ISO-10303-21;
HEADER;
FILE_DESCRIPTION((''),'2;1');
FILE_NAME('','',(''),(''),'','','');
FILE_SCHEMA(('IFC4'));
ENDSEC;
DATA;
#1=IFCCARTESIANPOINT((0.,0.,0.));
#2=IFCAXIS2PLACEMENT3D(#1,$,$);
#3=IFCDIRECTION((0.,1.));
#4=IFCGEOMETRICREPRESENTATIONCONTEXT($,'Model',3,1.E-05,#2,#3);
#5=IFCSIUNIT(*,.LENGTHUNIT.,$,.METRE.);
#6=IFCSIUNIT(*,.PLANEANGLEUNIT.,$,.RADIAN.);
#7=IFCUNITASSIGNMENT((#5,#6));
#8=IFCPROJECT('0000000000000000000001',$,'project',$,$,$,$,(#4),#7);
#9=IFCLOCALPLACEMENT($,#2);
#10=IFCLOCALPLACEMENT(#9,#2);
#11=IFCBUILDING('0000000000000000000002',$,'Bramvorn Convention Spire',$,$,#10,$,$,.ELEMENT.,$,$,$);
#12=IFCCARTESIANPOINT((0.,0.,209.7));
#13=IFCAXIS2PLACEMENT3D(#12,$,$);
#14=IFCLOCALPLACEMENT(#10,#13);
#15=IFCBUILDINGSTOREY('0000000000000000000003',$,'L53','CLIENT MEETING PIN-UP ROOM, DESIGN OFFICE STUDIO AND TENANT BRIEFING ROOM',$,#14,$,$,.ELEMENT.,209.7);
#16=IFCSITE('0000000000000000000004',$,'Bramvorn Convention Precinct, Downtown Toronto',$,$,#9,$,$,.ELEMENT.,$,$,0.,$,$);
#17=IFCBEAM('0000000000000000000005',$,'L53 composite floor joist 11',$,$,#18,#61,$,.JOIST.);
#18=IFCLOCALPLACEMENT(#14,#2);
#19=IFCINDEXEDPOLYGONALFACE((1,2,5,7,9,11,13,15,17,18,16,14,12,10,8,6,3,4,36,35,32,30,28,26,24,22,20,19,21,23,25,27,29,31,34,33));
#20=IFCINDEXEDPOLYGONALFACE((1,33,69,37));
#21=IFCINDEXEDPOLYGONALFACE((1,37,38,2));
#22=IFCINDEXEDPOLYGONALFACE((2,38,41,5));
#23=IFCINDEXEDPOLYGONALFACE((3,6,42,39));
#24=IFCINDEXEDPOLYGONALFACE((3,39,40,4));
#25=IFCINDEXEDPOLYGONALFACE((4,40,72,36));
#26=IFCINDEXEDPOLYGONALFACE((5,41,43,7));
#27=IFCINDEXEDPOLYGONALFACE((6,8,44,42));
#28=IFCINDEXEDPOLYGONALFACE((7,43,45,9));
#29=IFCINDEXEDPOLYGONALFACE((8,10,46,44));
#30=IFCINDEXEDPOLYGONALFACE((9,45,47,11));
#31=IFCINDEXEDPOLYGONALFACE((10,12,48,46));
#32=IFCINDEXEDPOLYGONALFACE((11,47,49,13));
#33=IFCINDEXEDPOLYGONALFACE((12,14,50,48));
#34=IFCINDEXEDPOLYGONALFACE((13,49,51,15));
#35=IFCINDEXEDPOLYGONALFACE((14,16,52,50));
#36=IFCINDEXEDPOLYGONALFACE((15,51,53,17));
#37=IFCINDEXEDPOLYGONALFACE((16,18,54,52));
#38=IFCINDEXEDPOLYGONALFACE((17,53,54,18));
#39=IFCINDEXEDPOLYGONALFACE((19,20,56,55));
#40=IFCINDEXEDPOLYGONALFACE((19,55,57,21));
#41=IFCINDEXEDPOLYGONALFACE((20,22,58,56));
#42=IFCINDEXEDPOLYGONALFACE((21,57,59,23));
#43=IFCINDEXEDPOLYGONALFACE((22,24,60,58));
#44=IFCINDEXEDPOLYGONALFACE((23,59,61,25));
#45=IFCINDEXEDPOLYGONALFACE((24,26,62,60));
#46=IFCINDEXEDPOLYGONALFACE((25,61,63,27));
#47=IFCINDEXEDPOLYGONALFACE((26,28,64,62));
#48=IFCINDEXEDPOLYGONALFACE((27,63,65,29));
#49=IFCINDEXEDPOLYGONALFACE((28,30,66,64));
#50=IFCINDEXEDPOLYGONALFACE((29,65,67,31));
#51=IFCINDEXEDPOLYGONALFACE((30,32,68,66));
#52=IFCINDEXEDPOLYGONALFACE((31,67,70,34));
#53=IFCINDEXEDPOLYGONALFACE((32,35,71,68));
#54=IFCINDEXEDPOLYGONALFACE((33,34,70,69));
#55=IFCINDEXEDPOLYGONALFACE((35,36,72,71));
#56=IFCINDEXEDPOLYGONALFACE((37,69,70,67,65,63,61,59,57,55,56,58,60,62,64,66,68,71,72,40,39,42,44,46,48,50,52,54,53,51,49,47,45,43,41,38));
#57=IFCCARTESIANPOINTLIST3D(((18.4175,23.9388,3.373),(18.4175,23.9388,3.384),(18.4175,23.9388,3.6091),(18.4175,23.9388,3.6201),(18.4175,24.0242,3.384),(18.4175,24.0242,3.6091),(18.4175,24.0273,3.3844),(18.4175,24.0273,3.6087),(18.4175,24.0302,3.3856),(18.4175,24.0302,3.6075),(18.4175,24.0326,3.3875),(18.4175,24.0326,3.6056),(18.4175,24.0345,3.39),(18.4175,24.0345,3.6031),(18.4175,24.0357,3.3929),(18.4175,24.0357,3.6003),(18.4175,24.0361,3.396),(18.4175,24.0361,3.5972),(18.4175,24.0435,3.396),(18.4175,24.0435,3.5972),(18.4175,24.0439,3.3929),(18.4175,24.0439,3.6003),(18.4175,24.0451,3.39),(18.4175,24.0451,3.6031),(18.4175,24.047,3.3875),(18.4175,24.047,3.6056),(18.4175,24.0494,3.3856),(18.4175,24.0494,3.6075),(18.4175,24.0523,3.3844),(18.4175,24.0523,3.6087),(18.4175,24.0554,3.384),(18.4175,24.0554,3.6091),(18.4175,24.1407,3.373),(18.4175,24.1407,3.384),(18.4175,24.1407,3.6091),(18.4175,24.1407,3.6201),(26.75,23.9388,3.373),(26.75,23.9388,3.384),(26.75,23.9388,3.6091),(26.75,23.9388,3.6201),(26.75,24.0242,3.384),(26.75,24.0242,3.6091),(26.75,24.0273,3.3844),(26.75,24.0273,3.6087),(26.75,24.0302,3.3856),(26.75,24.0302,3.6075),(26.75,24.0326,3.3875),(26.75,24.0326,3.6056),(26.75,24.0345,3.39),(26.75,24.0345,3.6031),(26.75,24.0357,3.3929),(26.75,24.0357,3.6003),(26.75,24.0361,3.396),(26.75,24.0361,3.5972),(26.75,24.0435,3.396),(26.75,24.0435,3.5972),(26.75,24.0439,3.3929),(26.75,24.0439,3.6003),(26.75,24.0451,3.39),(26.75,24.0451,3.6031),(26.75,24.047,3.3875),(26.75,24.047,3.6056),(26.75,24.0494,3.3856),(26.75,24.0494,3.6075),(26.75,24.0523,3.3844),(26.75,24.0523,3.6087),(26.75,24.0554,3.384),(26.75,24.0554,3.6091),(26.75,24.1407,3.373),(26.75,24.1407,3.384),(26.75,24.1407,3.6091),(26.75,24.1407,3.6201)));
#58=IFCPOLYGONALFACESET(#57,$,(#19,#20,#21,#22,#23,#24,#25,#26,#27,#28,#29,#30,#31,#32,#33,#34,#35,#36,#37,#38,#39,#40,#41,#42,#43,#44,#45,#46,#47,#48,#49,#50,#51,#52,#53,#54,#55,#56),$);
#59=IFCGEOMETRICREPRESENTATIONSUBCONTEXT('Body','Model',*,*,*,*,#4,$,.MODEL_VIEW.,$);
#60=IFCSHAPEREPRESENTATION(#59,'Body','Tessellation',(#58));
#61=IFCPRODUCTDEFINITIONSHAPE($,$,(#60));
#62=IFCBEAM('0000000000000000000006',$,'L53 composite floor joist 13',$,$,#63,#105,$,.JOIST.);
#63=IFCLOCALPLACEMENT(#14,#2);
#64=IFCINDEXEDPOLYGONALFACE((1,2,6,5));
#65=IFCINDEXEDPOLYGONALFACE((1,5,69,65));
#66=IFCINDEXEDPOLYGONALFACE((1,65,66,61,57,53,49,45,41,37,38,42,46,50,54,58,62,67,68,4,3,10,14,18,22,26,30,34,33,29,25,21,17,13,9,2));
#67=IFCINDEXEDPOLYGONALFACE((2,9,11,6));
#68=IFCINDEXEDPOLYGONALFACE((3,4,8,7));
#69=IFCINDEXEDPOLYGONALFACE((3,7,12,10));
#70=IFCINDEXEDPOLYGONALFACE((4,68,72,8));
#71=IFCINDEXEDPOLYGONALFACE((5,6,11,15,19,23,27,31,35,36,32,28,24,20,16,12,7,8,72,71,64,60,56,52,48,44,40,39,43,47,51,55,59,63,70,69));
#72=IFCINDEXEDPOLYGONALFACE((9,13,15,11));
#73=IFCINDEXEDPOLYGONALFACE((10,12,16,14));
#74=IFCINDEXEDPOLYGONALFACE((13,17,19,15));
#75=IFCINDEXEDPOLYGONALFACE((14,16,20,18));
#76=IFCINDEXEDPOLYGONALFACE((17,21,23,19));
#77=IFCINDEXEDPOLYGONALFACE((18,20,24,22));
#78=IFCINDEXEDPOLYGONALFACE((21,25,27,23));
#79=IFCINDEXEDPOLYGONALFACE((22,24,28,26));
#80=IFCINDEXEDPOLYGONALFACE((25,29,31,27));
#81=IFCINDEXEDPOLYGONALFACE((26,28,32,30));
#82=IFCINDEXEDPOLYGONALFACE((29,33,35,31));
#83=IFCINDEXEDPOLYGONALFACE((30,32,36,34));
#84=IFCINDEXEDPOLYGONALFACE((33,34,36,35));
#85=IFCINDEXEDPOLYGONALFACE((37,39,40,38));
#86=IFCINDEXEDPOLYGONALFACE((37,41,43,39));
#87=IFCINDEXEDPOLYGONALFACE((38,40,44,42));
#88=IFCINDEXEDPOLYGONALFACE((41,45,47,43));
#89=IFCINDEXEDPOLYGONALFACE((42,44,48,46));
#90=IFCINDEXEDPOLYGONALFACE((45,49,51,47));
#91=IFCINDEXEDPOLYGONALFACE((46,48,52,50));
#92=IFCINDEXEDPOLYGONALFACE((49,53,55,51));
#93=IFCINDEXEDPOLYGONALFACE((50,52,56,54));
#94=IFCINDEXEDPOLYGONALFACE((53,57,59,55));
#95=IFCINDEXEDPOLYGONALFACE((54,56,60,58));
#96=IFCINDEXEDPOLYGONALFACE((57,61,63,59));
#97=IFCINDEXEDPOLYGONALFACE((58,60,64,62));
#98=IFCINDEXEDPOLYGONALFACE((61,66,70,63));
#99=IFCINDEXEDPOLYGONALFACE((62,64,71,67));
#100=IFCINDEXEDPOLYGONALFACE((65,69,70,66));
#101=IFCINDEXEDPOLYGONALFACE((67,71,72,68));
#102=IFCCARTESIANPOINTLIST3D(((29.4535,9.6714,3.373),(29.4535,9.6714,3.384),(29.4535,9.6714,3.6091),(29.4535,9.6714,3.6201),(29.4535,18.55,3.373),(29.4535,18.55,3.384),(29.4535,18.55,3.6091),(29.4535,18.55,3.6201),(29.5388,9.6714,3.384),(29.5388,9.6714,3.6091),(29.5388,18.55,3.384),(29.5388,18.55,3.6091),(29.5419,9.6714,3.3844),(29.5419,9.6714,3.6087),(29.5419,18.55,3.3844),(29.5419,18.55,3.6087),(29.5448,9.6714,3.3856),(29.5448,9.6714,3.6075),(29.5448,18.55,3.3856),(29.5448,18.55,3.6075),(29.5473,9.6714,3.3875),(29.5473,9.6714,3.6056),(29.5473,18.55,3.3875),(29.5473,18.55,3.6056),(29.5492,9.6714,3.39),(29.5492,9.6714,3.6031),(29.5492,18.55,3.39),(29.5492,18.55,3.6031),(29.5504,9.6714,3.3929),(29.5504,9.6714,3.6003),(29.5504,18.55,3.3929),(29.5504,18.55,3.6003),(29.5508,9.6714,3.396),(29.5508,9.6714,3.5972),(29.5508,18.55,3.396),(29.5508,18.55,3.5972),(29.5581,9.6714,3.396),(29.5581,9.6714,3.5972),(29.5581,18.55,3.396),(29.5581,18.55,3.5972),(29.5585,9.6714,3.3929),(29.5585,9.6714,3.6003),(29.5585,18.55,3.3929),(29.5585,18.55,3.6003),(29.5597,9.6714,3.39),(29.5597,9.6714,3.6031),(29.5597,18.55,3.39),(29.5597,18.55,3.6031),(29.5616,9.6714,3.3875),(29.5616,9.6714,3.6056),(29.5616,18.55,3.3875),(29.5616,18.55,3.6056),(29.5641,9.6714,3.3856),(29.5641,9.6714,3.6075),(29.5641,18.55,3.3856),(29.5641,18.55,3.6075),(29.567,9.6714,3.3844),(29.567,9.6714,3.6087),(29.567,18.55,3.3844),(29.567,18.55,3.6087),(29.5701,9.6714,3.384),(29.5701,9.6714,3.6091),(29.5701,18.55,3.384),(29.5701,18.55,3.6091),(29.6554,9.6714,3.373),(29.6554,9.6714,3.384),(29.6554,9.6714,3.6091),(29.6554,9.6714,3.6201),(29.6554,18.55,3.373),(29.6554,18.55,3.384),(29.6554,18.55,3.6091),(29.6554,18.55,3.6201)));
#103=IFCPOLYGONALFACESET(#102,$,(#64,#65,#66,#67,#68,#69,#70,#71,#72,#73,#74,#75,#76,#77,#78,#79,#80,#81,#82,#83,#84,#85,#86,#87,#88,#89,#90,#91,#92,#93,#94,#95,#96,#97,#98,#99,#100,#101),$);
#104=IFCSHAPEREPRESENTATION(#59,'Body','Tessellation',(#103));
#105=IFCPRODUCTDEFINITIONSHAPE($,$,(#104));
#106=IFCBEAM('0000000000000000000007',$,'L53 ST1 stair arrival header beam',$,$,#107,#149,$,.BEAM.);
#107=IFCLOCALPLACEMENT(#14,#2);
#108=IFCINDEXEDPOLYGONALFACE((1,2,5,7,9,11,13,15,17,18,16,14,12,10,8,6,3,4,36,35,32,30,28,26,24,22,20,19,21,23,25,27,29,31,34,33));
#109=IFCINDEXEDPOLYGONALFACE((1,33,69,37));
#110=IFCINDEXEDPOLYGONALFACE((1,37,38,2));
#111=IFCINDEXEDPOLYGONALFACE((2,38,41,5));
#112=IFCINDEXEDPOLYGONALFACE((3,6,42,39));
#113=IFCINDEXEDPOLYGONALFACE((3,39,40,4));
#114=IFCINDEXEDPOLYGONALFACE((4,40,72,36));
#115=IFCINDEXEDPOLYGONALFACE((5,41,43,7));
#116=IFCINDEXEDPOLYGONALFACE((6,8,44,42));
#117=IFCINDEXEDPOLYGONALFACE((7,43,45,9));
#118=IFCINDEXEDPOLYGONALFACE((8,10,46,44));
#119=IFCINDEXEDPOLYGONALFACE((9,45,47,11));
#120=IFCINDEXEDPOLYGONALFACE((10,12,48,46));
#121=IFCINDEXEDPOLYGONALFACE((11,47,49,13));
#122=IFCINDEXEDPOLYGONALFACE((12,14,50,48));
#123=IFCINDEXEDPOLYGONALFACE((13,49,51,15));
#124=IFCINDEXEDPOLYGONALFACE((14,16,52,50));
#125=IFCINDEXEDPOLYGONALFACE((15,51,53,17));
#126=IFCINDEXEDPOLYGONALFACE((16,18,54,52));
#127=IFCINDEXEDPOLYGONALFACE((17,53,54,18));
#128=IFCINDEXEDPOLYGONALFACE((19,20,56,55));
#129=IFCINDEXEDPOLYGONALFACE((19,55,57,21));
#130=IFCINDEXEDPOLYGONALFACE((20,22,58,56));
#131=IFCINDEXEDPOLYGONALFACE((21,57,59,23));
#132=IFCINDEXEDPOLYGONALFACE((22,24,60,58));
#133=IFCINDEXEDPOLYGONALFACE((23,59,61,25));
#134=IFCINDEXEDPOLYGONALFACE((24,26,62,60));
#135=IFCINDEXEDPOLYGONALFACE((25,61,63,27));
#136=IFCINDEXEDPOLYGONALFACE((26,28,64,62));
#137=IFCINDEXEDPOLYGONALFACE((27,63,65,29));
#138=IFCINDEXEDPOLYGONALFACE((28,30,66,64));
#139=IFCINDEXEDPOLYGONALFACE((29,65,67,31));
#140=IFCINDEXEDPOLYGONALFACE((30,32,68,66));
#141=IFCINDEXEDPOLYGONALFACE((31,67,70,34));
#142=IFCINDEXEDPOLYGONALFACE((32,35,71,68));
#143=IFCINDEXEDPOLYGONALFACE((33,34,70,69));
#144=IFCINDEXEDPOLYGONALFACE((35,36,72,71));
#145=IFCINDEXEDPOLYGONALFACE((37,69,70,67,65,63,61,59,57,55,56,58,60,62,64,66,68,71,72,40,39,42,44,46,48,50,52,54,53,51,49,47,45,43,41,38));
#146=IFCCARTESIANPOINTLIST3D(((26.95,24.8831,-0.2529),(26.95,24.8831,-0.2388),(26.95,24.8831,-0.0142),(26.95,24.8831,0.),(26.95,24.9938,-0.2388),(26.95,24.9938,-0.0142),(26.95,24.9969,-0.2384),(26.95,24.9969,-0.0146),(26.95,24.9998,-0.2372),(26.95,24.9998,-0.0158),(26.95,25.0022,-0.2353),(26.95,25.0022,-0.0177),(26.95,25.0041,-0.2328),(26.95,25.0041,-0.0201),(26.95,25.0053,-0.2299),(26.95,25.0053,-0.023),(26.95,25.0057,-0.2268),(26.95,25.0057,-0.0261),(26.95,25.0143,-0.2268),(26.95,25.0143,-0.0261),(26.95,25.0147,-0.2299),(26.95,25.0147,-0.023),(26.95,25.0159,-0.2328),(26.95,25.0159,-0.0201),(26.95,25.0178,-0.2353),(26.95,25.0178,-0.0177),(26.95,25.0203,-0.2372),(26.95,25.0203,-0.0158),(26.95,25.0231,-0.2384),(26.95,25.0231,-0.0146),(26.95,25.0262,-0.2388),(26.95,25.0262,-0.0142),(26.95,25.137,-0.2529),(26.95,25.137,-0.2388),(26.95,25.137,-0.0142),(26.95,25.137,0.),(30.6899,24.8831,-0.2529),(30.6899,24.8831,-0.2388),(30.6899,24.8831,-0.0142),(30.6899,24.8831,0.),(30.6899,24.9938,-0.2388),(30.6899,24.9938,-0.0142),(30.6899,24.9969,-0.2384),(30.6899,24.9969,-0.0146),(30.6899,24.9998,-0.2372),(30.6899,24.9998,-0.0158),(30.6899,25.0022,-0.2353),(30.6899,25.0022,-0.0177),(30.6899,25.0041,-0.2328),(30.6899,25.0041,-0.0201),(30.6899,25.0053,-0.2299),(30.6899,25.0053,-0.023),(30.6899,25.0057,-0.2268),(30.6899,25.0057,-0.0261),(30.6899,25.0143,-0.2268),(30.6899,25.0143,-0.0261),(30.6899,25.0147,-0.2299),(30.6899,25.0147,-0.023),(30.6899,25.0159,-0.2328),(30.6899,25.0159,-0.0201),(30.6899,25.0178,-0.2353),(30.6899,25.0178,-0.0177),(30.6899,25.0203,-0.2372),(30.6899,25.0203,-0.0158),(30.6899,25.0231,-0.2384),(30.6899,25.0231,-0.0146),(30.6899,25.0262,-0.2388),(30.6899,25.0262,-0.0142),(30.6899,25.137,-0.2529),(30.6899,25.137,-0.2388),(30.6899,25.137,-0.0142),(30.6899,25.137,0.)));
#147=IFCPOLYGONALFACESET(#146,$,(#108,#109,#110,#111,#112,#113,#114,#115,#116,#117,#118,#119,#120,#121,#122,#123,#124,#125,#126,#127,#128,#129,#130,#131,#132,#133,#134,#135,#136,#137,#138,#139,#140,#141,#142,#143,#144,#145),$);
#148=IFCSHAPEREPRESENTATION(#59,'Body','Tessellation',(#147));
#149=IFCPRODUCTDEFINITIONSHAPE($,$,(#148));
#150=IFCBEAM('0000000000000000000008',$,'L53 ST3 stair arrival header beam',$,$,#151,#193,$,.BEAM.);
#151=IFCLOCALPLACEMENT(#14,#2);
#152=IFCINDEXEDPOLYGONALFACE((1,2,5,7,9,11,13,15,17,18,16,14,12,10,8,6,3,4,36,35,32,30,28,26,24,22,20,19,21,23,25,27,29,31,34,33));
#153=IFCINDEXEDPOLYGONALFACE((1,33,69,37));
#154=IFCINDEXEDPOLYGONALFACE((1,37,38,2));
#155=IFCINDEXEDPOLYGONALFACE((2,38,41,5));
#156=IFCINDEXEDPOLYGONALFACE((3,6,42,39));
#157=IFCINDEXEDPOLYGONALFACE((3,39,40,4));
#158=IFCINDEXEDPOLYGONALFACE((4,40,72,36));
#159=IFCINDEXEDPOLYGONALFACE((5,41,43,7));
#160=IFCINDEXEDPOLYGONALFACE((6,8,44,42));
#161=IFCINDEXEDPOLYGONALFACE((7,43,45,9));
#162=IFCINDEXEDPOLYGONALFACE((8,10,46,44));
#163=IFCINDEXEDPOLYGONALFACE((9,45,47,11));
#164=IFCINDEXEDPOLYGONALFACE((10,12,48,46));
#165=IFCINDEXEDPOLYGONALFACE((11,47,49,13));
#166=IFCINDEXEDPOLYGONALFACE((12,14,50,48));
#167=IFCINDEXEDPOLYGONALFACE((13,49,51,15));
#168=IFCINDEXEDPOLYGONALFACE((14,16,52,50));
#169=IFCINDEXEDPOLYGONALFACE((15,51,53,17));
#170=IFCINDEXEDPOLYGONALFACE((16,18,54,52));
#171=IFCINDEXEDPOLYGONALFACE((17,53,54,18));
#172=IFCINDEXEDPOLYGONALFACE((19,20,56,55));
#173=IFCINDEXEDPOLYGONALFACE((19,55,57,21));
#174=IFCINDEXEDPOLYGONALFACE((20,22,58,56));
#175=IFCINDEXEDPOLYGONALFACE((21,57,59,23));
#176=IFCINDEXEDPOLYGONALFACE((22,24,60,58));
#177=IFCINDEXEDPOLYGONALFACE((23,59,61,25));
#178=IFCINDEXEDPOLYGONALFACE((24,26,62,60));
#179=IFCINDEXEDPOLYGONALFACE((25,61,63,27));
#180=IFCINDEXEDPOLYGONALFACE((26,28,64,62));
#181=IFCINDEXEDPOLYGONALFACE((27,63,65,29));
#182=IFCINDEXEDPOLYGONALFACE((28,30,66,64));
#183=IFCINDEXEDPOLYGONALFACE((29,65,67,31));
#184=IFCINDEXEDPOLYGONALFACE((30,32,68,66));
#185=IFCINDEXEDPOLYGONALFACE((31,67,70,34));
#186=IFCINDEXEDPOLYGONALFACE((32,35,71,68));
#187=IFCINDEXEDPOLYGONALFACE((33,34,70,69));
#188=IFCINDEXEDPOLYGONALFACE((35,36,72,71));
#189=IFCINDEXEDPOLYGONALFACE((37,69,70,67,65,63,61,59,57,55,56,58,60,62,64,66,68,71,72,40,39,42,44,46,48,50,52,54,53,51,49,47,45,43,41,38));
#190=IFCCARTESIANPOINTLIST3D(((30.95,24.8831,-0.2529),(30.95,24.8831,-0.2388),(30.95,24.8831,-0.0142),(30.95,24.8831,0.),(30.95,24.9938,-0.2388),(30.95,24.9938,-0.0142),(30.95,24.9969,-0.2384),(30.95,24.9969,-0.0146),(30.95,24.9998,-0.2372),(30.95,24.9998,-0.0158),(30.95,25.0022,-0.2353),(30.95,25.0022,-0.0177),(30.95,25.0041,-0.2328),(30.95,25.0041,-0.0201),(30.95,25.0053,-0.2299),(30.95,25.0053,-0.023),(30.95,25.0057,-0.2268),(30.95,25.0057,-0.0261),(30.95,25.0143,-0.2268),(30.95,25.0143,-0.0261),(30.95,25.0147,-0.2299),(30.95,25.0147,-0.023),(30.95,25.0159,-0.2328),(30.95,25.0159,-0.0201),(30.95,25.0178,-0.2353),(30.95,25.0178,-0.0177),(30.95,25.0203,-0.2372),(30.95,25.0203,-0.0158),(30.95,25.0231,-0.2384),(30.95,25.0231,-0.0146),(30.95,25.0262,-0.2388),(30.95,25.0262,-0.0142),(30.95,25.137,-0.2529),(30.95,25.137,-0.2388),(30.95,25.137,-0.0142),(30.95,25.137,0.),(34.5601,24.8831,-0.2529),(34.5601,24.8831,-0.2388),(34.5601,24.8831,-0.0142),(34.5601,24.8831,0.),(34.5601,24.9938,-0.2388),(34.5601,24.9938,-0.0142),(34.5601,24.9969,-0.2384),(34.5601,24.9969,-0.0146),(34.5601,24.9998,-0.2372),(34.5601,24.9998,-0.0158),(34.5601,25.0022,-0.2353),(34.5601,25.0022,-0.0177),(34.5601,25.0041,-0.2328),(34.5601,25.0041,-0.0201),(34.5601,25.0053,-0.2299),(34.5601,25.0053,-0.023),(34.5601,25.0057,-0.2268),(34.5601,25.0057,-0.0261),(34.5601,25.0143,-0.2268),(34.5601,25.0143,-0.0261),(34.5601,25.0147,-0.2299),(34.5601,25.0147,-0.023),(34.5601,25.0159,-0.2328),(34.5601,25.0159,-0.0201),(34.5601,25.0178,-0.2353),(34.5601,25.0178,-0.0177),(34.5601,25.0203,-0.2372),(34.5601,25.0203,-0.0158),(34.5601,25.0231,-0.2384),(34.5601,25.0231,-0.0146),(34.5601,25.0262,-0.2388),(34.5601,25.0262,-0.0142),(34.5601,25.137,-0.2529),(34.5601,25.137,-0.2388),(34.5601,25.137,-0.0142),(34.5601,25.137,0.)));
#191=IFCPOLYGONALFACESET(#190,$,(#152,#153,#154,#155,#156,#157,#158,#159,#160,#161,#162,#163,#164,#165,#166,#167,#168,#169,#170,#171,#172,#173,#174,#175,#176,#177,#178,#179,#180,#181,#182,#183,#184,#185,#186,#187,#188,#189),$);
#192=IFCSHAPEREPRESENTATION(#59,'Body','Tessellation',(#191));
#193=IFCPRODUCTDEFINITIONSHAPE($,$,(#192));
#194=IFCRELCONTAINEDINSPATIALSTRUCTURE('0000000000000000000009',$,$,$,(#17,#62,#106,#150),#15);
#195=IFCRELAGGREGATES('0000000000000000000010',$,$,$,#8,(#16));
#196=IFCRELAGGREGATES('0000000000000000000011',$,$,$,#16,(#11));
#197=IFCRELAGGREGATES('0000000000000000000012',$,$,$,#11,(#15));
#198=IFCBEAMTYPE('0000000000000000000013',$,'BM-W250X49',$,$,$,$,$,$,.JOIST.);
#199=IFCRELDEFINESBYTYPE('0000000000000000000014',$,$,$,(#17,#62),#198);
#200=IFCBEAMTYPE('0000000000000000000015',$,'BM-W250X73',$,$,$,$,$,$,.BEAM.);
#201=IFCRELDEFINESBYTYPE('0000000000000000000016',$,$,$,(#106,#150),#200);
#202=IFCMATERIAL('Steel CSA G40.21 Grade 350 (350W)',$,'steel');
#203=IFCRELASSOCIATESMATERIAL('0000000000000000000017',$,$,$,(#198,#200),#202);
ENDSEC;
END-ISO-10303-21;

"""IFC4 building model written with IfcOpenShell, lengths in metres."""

from ifc_helpers import new_model, si_unit, direction, frame, origin, origin_2d, place, context, subcontext, project, spatial, i_section, extrude, material, material_profile, profile_set, type_object, element, save


model = new_model("IFC4")

# Units and contexts
model_context = context("Model", 3, precision=1e-05, world=origin(), true_north=direction((0.0, 1.0)))
body_context = subcontext(model_context, "Body", "Model", "MODEL_VIEW")
ifc_project = project(units=[si_unit("LENGTHUNIT", "METRE"), si_unit("PLANEANGLEUNIT", "RADIAN")], contexts=[model_context])

# Site, building, storey
site_placement = place(None, origin())
site = spatial("IfcSite", under=ifc_project, at=site_placement, Name="Bramvorn Convention Precinct, Downtown Toronto", CompositionType="ELEMENT", RefElevation=0.0)
building_placement = place(site_placement, origin())
building = spatial("IfcBuilding", under=site, at=building_placement, Name="Bramvorn Convention Spire", CompositionType="ELEMENT")
storey_placement = place(building_placement, frame((0.0, 0.0, 209.7)))
storey = spatial("IfcBuildingStorey", under=building, at=storey_placement, Name="L53", Description="CLIENT MEETING PIN-UP ROOM, DESIGN OFFICE STUDIO AND TENANT BRIEFING ROOM", CompositionType="ELEMENT", Elevation=209.7)

# Beams
ifc_material_1 = material(Name="Steel CSA G40.21 Grade 350 (350W)", Category="steel")
ifc_material_profile_1 = material_profile(ifc_material_1, i_section(OverallWidth=0.2019, OverallDepth=0.2471, WebThickness=0.0073, FlangeThickness=0.011, FilletRadius=0.012, at=origin_2d()))
ifc_profile_set_1 = profile_set([ifc_material_profile_1], Name="Steel CSA G40.21 Grade 350 (350W) - W250X49")
beam_type_1 = type_object("IfcBeamType", Name="BM-W250X49", PredefinedType="JOIST", material=ifc_profile_set_1)
beam_1_placement = place(storey_placement, frame((26.75, 24.0398, 3.4966), z_axis=(-1.0, 0.0, 0.0), x_axis=(0.0, -1.0, 0.0)))
element("IfcBeam", 1, at=beam_1_placement, inside=storey, type_object=beam_type_1, Name="L53 composite floor joist 11", PredefinedType="JOIST", context=body_context, shape_type="SweptSolid", body=[
    extrude(i_section(OverallWidth=0.2019, OverallDepth=0.2471, WebThickness=0.0073, FlangeThickness=0.011, FilletRadius=0.012, at=origin_2d()), origin(), (0.0, 0.0, 1.0), 8.3325),
])
beam_2_placement = place(storey_placement, frame((29.5544, 18.55, 3.4966), z_axis=(0.0, -1.0, 0.0), x_axis=(1.0, 0.0, 0.0)))
element("IfcBeam", 2, at=beam_2_placement, inside=storey, type_object=beam_type_1, Name="L53 composite floor joist 13", PredefinedType="JOIST", context=body_context, shape_type="SweptSolid", body=[
    extrude(i_section(OverallWidth=0.2019, OverallDepth=0.2471, WebThickness=0.0073, FlangeThickness=0.011, FilletRadius=0.012, at=origin_2d()), origin(), (0.0, 0.0, 1.0), 8.8787),
])
ifc_material_profile_2 = material_profile(ifc_material_1, i_section(OverallWidth=0.2539, OverallDepth=0.2529, WebThickness=0.0085, FlangeThickness=0.0142, FilletRadius=0.012, at=origin_2d()))
ifc_profile_set_2 = profile_set([ifc_material_profile_2], Name="Steel CSA G40.21 Grade 350 (350W) - W250X73")
beam_type_2 = type_object("IfcBeamType", Name="BM-W250X73", PredefinedType="BEAM", material=ifc_profile_set_2)
beam_3_placement = place(storey_placement, frame((26.95, 25.01, -0.1265), z_axis=(1.0, 0.0, 0.0), x_axis=(0.0, 1.0, 0.0)))
element("IfcBeam", 3, at=beam_3_placement, inside=storey, type_object=beam_type_2, Name="L53 ST1 stair arrival header beam", PredefinedType="BEAM", context=body_context, shape_type="SweptSolid", body=[
    extrude(i_section(OverallWidth=0.2539, OverallDepth=0.2529, WebThickness=0.0085, FlangeThickness=0.0142, FilletRadius=0.012, at=origin_2d()), origin(), (0.0, 0.0, 1.0), 3.74),
])
beam_4_placement = place(storey_placement, frame((30.95, 25.01, -0.1265), z_axis=(1.0, 0.0, 0.0), x_axis=(0.0, 1.0, 0.0)))
element("IfcBeam", 4, at=beam_4_placement, inside=storey, type_object=beam_type_2, Name="L53 ST3 stair arrival header beam", PredefinedType="BEAM", context=body_context, shape_type="SweptSolid", body=[
    extrude(i_section(OverallWidth=0.2539, OverallDepth=0.2529, WebThickness=0.0085, FlangeThickness=0.0142, FilletRadius=0.012, at=origin_2d()), origin(), (0.0, 0.0, 1.0), 3.6101),
])

save(model, "model.ifc")
